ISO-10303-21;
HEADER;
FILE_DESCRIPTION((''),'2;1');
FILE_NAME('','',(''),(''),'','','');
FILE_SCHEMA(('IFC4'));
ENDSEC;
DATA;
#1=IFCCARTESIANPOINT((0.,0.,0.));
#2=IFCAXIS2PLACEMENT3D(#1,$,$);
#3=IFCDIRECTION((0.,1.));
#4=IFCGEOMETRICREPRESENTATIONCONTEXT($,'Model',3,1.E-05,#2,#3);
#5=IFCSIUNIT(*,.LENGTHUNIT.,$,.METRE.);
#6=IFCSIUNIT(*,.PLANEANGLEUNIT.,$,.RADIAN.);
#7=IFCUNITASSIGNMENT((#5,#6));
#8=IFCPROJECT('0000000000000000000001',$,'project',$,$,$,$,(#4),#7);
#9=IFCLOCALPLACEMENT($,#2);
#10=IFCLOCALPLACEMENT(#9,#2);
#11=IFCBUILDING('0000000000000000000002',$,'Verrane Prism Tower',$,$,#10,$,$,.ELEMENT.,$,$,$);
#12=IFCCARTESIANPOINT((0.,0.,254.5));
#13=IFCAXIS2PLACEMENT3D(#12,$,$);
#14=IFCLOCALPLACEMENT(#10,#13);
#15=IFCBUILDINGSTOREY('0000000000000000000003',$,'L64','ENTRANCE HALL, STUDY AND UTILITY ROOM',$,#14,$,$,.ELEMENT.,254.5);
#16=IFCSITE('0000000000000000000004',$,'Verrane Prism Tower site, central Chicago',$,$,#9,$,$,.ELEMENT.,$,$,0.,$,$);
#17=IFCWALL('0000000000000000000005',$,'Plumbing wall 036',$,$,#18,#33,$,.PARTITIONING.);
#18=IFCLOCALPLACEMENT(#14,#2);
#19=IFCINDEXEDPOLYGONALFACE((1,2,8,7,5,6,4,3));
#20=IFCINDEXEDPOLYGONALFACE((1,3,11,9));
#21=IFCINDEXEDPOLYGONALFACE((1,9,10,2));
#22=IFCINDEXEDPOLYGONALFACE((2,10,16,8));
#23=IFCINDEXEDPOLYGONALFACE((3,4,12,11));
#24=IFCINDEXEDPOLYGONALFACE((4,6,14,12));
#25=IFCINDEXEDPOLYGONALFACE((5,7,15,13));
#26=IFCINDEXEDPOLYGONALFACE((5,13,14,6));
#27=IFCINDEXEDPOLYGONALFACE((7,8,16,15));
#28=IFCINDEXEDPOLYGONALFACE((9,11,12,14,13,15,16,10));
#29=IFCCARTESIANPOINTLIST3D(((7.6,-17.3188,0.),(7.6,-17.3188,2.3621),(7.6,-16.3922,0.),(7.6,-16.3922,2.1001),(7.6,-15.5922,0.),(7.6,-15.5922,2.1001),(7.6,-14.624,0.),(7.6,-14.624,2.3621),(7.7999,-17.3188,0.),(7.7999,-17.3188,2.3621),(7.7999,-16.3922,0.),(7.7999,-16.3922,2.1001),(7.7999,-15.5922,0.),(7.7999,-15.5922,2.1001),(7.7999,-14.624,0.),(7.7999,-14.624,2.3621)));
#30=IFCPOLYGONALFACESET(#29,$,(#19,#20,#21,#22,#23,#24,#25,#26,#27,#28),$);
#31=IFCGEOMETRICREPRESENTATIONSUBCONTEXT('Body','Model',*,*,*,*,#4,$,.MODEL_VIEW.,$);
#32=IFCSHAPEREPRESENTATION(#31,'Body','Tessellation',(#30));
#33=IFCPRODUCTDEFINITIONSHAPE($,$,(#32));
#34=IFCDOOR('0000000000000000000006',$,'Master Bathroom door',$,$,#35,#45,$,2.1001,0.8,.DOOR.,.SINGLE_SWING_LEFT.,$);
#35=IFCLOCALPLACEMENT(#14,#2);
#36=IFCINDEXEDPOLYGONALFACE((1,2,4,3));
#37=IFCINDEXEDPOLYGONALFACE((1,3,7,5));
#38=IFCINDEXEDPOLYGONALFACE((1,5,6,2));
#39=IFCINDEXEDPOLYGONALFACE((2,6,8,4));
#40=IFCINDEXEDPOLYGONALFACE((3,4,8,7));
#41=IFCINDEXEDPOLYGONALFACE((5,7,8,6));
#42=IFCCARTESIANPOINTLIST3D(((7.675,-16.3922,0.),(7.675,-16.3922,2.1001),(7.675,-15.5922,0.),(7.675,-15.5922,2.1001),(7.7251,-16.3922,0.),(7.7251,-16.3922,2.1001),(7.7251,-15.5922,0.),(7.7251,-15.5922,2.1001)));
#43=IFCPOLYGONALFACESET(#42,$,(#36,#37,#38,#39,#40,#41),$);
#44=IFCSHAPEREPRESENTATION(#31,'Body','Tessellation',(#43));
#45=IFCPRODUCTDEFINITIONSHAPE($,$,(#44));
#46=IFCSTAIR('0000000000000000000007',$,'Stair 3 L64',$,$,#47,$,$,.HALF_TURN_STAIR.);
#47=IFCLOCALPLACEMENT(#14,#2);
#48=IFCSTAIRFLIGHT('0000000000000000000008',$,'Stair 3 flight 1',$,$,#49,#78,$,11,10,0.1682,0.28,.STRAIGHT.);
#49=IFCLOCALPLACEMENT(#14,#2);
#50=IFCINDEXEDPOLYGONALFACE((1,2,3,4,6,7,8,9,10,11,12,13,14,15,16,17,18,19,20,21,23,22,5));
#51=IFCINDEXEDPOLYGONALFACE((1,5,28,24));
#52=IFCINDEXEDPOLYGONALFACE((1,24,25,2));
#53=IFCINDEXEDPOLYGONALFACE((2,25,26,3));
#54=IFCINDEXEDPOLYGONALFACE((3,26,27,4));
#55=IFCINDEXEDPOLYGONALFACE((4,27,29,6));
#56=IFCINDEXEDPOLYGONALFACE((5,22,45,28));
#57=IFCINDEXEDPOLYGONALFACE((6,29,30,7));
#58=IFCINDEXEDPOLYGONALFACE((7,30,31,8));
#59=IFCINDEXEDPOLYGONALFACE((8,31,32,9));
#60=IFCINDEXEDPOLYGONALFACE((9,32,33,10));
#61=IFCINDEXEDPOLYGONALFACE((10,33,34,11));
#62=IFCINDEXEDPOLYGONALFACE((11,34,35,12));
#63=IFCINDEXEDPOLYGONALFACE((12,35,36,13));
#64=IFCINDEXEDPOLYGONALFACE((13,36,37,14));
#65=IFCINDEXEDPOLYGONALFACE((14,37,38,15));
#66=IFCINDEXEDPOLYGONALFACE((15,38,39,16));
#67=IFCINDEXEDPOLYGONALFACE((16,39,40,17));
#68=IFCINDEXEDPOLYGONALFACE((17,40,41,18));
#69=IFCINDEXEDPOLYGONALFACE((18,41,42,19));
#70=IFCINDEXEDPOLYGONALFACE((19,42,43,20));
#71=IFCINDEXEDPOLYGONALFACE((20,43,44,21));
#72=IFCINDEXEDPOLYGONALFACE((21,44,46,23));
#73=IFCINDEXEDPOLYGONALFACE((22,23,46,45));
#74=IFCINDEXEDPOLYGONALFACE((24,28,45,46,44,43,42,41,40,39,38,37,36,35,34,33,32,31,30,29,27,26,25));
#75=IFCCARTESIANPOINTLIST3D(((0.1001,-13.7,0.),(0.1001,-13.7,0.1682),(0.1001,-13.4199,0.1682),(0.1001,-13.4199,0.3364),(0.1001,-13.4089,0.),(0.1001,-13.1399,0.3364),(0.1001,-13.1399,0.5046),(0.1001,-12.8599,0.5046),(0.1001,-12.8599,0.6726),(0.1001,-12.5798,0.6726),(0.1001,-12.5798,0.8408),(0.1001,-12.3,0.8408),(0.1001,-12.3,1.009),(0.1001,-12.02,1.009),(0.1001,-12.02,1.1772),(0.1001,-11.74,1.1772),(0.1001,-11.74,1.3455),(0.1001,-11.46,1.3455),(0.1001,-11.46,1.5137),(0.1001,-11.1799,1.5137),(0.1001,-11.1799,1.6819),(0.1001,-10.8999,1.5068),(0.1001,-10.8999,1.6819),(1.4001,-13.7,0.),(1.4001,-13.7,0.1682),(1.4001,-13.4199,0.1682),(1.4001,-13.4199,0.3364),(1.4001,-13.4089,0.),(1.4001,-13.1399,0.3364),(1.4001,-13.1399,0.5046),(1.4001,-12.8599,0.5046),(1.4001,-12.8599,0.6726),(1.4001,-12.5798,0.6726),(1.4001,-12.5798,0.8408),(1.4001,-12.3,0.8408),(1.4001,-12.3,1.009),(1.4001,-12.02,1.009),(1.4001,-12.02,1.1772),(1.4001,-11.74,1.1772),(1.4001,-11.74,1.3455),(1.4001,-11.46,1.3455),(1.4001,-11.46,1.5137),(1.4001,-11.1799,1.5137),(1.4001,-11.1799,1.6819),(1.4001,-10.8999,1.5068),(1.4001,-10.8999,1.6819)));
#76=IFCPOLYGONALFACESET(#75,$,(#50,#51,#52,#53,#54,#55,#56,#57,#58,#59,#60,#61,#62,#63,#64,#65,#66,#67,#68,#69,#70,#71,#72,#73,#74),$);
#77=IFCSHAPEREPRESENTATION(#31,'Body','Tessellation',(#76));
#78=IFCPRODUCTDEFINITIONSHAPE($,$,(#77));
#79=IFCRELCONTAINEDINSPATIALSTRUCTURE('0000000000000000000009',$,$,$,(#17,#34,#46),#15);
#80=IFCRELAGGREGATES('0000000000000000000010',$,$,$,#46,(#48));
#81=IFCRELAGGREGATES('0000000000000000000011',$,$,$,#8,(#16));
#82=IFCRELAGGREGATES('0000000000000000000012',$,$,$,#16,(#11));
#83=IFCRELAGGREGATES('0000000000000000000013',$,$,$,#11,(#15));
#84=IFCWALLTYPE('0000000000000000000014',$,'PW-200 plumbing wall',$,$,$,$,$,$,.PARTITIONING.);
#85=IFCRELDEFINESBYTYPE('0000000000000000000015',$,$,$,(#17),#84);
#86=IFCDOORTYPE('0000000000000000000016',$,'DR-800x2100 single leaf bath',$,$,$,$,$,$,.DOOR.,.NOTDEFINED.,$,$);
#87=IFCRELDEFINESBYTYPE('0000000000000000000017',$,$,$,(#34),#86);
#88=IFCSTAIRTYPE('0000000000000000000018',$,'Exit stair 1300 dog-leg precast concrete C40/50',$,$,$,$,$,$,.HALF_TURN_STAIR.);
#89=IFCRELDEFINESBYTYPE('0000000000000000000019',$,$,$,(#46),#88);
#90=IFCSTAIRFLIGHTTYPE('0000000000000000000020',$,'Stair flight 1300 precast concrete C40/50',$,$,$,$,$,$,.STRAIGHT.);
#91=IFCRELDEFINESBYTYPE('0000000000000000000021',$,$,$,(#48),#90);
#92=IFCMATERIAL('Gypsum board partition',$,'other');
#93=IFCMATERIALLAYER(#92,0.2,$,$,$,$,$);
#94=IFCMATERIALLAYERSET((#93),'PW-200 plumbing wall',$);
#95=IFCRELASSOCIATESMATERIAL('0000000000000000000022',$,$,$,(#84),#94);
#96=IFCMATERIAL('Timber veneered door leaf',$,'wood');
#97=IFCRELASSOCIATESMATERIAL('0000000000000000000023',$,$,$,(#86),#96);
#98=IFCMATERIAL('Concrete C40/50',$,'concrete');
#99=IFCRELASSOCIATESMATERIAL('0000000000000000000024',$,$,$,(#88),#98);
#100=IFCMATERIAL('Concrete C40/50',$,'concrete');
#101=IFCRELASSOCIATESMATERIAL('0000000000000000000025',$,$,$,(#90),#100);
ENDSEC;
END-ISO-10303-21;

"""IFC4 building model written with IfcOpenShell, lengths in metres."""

from ifc_helpers import new_model, si_unit, direction, frame, frame_2d, origin, place, context, subcontext, project, spatial, polyline, rectangle, outline, extrude, material, layer, layer_set, type_object, element, fill, aggregate, save


model = new_model("IFC4")

# Units and contexts
model_context = context("Model", 3, precision=1e-05, world=origin(), true_north=direction((0.0, 1.0)))
body_context = subcontext(model_context, "Body", "Model", "MODEL_VIEW")
ifc_project = project(units=[si_unit("LENGTHUNIT", "METRE"), si_unit("PLANEANGLEUNIT", "RADIAN")], contexts=[model_context])

# Site, building, storey
site_placement = place(None, origin())
site = spatial("IfcSite", under=ifc_project, at=site_placement, Name="Verrane Prism Tower site, central Chicago", CompositionType="ELEMENT", RefElevation=0.0)
building_placement = place(site_placement, origin())
building = spatial("IfcBuilding", under=site, at=building_placement, Name="Verrane Prism Tower", CompositionType="ELEMENT")
storey_placement = place(building_placement, frame((0.0, 0.0, 254.5)))
storey = spatial("IfcBuildingStorey", under=building, at=storey_placement, Name="L64", Description="ENTRANCE HALL, STUDY AND UTILITY ROOM", CompositionType="ELEMENT", Elevation=254.5)

# Shared definitions
ifc_material_1 = material(Name="Gypsum board partition", Category="other")
ifc_layer_1 = layer(ifc_material_1, 0.2)
ifc_layer_set_1 = layer_set([ifc_layer_1], Name="PW-200 plumbing wall")
wall_type_1 = type_object("IfcWallType", Name="PW-200 plumbing wall", PredefinedType="PARTITIONING", material=ifc_layer_set_1)

# Wall, opening, door
wall_1_placement = place(storey_placement, frame((7.7, -17.3188, 0.0), z_axis=(0.0, 0.0, 1.0), x_axis=(0.0, 1.0, 0.0)))
wall_1 = element("IfcWall", 1, at=wall_1_placement, inside=storey, type_object=wall_type_1, Name="Plumbing wall 036", PredefinedType="PARTITIONING", context=body_context, shape_type="SweptSolid", body=[
    extrude(rectangle(XDim=2.6948, YDim=0.2, at=frame_2d((1.3474, 0.0))), origin(), (0.0, 0.0, 1.0), 2.3621),
])
opening_1_placement = place(wall_1_placement, frame((0.9268, 0.0, 0.0)))
opening_1 = element("IfcOpeningElement", 2, at=opening_1_placement, cuts=wall_1, PredefinedType="OPENING", context=body_context, shape_type="SweptSolid", body=[
    extrude(rectangle(XDim=0.8, YDim=2.1001, at=frame_2d((0.3999, 1.05))), frame((0.0, 0.1099, 0.0), z_axis=(0.0, -1.0, 0.0), x_axis=(1.0, 0.0, 0.0)), (0.0, 0.0, 1.0), 0.22),
])
ifc_material_2 = material(Name="Timber veneered door leaf", Category="wood")
door_type_1 = type_object("IfcDoorType", Name="DR-800x2100 single leaf bath", OperationType="NOTDEFINED", PredefinedType="DOOR", material=ifc_material_2)
door_1_placement = place(opening_1_placement, origin())
door_1 = element("IfcDoor", 3, at=door_1_placement, inside=storey, type_object=door_type_1, Name="Master Bathroom door", OperationType="SINGLE_SWING_LEFT", OverallHeight=2.1001, OverallWidth=0.8, PredefinedType="DOOR", context=body_context, shape_type="SweptSolid", body=[
    extrude(rectangle(XDim=0.8, YDim=2.1001, at=frame_2d((0.3999, 1.05))), frame((0.0, 0.0249, 0.0), z_axis=(0.0, -1.0, 0.0), x_axis=(1.0, 0.0, 0.0)), (0.0, 0.0, 1.0), 0.05),
])
fill(opening_1, door_1)

# Stair, stair flight
ifc_material_3 = material(Name="Concrete C40/50", Category="concrete")
stair_type = type_object("IfcStairType", Name="Exit stair 1300 dog-leg precast concrete C40/50", PredefinedType="HALF_TURN_STAIR", material=ifc_material_3)
stair_placement = place(storey_placement, origin())
stair = element("IfcStair", 4, at=stair_placement, inside=storey, type_object=stair_type, Name="Stair 3 L64", PredefinedType="HALF_TURN_STAIR")
ifc_material_4 = material(Name="Concrete C40/50", Category="concrete")
stair_flight_type = type_object("IfcStairFlightType", Name="Stair flight 1300 precast concrete C40/50", PredefinedType="STRAIGHT", material=ifc_material_4)
stair_flight_placement = place(storey_placement, frame((0.75, -13.7, 0.0), z_axis=(0.0, 0.0, 1.0), x_axis=(0.0, 1.0, 0.0)))
stair_flight = element("IfcStairFlight", 5, at=stair_flight_placement, type_object=stair_flight_type, Name="Stair 3 flight 1", NumberOfRisers=11, NumberOfTreads=10, PredefinedType="STRAIGHT", RiserHeight=0.1682, TreadLength=0.28, context=body_context, shape_type="SweptSolid", body=[
    extrude(outline(polyline([(0.0, 0.0), (0.0, 0.1682), (0.28, 0.1682), (0.28, 0.3364), (0.5601, 0.3364), (0.5601, 0.5046), (0.8401, 0.5046), (0.8401, 0.6726), (1.1201, 0.6726), (1.1201, 0.8408), (1.3999, 0.8408), (1.3999, 1.009), (1.6799, 1.009), (1.6799, 1.1772), (1.96, 1.1772), (1.96, 1.3455), (2.24, 1.3455), (2.24, 1.5137), (2.52, 1.5137), (2.52, 1.6819), (2.8, 1.6819), (2.8, 1.8501), (2.8, 1.5068), (0.291, 0.0), (0.0, 0.0)])), frame((0.0, 0.6499, 0.0), z_axis=(0.0, -1.0, 0.0), x_axis=(1.0, 0.0, 0.0)), (0.0, 0.0, 1.0), 1.3),
])
aggregate(stair, [stair_flight])

save(model, "model.ifc")
